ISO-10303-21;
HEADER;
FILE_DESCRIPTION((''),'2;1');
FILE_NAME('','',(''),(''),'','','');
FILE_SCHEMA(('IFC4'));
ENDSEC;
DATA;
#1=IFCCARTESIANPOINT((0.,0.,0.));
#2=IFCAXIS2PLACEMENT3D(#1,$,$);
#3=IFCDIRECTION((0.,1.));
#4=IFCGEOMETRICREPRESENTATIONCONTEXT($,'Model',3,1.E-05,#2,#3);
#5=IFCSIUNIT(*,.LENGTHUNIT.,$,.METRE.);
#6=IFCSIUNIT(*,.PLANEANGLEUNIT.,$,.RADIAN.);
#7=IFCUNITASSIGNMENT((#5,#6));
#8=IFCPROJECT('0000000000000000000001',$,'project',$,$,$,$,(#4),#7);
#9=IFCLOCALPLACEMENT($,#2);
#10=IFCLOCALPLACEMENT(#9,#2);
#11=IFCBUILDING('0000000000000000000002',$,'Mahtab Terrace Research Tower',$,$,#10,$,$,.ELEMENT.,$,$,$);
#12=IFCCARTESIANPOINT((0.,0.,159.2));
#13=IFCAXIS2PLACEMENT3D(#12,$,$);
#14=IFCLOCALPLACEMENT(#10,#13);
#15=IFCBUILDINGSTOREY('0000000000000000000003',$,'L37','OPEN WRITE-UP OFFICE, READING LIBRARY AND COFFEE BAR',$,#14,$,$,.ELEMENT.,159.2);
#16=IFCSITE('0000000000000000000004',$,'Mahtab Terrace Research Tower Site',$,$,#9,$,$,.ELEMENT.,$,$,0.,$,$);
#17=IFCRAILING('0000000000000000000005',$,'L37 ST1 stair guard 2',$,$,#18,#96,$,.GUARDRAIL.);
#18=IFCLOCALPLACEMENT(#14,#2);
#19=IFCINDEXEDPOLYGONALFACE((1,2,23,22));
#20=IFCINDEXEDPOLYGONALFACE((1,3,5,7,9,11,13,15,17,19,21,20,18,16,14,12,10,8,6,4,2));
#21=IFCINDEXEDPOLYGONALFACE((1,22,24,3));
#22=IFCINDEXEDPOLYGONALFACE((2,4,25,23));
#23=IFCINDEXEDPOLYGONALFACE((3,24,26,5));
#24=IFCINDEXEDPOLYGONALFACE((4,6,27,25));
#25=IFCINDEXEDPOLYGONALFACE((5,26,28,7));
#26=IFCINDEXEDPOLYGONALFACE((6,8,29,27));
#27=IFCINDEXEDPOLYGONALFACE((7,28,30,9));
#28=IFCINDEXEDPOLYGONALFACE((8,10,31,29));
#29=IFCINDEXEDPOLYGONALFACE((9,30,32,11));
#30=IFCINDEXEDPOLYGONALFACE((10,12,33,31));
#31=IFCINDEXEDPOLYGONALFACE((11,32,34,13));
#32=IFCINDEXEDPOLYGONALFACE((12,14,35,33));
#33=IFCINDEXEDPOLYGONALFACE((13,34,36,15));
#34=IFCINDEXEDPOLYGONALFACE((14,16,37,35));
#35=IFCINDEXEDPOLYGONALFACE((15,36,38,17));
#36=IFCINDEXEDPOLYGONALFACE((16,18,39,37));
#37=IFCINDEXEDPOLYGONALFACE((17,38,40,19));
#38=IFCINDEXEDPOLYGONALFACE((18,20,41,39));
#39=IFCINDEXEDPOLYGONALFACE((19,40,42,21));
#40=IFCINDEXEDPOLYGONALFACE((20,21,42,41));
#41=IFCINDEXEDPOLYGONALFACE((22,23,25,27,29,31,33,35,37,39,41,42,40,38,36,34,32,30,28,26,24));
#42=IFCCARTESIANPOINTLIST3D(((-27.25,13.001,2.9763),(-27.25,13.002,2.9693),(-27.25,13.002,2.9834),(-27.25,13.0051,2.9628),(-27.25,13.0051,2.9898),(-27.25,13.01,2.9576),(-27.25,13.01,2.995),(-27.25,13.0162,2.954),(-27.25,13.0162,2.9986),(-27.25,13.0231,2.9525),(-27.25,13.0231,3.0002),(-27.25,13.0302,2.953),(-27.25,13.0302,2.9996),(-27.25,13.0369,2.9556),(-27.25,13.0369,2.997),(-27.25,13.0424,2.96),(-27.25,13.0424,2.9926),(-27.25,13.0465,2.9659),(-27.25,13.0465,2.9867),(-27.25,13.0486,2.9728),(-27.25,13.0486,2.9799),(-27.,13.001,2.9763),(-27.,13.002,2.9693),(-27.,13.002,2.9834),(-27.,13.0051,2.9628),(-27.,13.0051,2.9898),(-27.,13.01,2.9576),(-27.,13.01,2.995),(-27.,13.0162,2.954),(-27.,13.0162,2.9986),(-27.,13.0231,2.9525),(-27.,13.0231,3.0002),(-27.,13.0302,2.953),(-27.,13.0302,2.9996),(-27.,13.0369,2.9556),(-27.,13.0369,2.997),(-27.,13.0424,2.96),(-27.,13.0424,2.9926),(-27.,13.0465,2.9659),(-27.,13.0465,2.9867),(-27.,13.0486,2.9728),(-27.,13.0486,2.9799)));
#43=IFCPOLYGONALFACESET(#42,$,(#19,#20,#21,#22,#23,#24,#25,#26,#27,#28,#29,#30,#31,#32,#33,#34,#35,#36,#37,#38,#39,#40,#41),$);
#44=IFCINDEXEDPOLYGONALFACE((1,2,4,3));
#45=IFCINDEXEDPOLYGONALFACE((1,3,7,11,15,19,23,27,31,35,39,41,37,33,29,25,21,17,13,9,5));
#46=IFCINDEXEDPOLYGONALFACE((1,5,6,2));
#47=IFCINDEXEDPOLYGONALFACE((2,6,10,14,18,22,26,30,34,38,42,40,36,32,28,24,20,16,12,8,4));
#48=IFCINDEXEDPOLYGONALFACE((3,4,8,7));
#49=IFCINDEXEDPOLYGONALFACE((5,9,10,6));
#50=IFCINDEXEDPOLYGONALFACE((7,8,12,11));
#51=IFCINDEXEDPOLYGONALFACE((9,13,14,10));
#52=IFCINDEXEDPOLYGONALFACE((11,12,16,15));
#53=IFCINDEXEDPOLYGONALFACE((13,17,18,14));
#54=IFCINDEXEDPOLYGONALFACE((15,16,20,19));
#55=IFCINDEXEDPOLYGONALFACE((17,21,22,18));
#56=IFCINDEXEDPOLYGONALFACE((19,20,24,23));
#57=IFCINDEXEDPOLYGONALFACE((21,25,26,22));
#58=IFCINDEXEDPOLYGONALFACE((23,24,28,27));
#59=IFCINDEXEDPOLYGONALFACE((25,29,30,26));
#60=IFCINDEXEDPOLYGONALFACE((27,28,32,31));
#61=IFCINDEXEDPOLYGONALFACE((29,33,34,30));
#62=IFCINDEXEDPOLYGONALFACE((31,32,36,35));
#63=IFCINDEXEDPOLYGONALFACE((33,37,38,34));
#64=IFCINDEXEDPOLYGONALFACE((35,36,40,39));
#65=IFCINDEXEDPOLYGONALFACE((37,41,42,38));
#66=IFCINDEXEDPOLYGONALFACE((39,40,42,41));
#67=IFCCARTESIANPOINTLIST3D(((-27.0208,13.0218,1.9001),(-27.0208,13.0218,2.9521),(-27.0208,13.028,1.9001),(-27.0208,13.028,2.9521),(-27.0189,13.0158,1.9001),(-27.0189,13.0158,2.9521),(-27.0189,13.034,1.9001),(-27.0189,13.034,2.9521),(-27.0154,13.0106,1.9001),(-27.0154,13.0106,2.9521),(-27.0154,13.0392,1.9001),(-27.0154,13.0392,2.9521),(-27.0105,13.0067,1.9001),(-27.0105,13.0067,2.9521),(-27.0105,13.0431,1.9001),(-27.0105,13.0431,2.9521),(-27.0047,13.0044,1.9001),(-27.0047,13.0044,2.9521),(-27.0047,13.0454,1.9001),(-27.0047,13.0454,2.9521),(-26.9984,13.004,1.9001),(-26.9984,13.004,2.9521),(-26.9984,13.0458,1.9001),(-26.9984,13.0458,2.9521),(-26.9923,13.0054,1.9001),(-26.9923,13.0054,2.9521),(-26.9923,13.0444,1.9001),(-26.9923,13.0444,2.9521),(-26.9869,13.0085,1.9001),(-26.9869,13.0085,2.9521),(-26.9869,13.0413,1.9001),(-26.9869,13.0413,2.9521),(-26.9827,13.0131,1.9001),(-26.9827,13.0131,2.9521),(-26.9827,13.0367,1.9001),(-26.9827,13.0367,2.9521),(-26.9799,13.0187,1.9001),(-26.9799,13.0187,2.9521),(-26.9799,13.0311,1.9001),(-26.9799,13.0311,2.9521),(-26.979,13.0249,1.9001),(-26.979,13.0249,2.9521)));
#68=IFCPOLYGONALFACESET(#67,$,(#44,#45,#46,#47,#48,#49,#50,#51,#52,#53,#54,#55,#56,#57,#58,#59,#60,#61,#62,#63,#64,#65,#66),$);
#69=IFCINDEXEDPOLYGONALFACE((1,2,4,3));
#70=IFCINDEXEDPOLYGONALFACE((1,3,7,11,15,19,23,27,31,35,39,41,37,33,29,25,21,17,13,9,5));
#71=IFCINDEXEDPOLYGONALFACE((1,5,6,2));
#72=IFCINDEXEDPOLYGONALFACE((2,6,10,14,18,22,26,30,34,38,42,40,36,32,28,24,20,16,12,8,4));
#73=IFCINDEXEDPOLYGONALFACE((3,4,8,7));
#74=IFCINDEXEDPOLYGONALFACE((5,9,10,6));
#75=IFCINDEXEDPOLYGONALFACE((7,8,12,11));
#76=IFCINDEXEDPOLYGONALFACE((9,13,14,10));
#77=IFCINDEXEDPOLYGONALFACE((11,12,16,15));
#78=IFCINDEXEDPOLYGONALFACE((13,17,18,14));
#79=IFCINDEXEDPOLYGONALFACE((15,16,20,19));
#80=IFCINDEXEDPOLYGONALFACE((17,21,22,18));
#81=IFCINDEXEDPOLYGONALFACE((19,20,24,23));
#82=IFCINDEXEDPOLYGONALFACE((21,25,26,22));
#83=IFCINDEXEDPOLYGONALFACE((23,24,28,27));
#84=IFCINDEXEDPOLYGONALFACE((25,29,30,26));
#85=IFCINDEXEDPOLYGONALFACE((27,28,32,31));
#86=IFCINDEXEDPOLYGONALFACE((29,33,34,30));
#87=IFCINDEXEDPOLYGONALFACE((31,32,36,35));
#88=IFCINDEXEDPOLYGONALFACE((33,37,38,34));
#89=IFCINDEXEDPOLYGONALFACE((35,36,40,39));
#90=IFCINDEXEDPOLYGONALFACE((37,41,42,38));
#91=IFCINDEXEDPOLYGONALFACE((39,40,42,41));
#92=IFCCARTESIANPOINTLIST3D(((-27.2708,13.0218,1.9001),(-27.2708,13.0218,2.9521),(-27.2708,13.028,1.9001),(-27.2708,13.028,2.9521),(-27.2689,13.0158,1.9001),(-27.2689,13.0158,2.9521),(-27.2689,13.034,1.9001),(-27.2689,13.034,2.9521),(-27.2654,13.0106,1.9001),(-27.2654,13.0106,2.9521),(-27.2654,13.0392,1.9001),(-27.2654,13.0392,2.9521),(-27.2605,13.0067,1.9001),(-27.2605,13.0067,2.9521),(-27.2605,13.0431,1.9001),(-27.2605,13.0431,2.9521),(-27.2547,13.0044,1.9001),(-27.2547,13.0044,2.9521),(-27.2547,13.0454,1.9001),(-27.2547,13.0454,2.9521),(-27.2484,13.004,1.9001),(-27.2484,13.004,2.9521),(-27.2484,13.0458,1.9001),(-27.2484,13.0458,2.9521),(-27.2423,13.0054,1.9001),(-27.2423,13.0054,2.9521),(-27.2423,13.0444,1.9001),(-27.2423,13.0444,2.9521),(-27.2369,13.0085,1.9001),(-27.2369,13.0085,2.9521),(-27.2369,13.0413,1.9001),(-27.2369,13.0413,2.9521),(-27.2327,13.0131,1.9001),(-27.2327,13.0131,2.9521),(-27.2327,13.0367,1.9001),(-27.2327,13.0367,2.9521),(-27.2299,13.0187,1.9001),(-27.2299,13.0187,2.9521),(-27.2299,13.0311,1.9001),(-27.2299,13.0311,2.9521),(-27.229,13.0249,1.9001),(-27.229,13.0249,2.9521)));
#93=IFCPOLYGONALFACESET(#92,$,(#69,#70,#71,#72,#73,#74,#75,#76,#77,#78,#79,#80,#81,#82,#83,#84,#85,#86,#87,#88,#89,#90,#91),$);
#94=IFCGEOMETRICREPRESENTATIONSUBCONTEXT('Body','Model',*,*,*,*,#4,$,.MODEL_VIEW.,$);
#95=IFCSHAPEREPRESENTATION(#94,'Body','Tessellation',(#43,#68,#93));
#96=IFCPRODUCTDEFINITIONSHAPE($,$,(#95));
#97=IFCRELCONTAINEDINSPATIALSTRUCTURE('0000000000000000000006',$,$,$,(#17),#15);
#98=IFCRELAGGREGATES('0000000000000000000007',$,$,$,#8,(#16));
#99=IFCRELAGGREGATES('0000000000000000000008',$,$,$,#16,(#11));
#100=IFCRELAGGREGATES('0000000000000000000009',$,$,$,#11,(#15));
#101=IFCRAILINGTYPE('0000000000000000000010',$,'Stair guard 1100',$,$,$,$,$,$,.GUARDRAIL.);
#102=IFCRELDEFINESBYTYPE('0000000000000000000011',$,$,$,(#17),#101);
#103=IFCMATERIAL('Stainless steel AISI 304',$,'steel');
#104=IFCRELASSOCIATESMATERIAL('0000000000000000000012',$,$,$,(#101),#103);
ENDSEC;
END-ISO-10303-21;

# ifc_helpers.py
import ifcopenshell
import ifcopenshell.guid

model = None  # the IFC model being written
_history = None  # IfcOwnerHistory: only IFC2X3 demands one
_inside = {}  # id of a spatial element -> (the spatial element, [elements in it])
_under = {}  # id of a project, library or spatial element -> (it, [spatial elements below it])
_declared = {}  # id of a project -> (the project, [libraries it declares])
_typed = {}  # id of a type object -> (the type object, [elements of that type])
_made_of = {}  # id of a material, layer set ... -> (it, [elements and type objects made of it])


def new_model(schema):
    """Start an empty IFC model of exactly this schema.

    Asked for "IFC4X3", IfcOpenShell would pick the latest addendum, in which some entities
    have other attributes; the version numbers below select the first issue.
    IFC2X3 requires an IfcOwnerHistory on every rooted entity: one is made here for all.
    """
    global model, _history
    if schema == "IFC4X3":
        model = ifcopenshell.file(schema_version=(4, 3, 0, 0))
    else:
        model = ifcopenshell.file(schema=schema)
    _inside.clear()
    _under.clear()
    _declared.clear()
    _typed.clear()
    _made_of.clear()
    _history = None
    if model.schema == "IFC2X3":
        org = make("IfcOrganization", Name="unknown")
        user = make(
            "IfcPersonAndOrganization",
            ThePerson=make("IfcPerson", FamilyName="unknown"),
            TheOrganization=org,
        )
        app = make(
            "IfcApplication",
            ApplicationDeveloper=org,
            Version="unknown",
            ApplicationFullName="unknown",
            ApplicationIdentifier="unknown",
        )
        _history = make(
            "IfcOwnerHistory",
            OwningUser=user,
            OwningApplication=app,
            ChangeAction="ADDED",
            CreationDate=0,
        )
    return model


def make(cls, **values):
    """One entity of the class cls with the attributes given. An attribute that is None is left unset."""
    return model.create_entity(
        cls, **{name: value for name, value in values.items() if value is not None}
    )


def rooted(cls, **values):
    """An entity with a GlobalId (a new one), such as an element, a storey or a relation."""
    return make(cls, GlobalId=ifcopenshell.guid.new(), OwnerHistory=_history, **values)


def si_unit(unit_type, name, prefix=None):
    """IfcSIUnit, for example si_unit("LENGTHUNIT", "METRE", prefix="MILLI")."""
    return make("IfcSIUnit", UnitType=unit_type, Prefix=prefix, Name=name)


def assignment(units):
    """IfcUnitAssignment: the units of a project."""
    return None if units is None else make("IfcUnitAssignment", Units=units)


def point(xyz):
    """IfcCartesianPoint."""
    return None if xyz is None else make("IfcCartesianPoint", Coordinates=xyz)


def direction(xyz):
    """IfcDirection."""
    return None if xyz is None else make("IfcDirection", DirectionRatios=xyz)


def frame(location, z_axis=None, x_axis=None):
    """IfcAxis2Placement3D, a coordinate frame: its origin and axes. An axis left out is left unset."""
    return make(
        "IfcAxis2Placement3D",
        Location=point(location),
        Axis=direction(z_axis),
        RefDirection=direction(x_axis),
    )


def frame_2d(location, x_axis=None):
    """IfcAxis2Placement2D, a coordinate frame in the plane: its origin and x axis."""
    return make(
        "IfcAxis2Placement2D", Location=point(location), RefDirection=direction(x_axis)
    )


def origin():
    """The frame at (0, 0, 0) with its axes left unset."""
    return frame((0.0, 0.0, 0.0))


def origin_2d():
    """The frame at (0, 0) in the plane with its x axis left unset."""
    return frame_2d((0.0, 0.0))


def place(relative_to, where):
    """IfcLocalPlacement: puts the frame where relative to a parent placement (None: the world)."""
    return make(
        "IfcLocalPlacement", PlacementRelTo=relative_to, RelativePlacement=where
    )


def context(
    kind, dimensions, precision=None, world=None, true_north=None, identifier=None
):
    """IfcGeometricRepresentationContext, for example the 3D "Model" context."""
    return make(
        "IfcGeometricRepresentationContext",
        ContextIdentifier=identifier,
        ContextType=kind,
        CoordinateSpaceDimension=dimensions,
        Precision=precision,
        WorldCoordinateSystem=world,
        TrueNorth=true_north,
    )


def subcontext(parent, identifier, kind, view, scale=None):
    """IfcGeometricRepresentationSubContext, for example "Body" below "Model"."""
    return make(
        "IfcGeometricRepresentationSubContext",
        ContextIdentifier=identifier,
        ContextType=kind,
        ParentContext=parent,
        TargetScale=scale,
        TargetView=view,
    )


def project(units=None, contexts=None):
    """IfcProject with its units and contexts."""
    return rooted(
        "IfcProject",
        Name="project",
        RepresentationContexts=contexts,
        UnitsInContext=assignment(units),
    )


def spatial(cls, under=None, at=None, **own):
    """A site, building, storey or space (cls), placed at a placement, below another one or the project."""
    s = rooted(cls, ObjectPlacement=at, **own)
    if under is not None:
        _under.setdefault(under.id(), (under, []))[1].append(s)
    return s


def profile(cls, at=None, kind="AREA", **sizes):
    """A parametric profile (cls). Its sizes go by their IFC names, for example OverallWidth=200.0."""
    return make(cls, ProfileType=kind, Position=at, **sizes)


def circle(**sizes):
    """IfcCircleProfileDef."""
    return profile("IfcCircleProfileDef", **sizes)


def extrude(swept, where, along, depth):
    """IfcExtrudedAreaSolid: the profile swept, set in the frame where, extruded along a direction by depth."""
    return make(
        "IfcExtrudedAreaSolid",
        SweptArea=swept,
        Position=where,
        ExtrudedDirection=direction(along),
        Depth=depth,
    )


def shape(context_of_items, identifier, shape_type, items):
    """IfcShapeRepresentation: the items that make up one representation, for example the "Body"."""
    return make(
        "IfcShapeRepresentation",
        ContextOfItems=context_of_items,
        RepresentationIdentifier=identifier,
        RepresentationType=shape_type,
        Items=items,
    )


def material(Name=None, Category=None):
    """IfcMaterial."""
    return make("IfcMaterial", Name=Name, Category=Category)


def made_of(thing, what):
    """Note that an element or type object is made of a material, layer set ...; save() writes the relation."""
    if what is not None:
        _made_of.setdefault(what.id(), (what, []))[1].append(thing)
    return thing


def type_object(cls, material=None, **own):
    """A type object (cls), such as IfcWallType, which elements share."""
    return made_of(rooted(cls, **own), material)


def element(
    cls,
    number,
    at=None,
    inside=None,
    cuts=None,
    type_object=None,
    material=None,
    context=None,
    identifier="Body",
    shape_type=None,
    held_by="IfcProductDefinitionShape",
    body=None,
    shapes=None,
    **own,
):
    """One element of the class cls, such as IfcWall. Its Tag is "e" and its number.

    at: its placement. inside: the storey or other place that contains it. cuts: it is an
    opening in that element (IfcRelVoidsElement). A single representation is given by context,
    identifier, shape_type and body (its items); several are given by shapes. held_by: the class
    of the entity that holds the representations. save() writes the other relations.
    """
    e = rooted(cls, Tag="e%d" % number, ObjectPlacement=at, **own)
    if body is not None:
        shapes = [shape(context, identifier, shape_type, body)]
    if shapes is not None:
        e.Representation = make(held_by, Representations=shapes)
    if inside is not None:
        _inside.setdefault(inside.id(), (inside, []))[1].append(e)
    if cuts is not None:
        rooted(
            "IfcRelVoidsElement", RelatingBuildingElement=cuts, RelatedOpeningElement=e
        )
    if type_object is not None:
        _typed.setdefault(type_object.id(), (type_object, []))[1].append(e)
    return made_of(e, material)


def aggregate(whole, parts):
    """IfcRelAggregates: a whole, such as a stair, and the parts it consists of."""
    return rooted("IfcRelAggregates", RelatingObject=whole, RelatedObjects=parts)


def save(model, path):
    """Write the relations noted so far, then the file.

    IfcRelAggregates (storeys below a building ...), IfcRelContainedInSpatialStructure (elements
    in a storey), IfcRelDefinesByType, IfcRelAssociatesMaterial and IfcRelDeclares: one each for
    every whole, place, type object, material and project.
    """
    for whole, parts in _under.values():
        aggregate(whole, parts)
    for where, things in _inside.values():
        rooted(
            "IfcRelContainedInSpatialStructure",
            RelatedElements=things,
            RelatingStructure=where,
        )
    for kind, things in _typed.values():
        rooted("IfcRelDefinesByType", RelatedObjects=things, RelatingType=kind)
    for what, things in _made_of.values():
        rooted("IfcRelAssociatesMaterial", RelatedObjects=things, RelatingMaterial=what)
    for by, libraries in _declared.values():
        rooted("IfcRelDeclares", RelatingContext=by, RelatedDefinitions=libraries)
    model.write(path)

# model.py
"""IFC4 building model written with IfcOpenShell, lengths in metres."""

from ifc_helpers import new_model, si_unit, direction, frame, origin, origin_2d, place, context, subcontext, project, spatial, circle, extrude, material, type_object, element, save


model = new_model("IFC4")

# Units and contexts
model_context = context("Model", 3, precision=1e-05, world=origin(), true_north=direction((0.0, 1.0)))
body_context = subcontext(model_context, "Body", "Model", "MODEL_VIEW")
ifc_project = project(units=[si_unit("LENGTHUNIT", "METRE"), si_unit("PLANEANGLEUNIT", "RADIAN")], contexts=[model_context])

# Site, building, storey
site_placement = place(None, origin())
site = spatial("IfcSite", under=ifc_project, at=site_placement, Name="Mahtab Terrace Research Tower Site", CompositionType="ELEMENT", RefElevation=0.0)
building_placement = place(site_placement, origin())
building = spatial("IfcBuilding", under=site, at=building_placement, Name="Mahtab Terrace Research Tower", CompositionType="ELEMENT")
storey_placement = place(building_placement, frame((0.0, 0.0, 159.2)))
storey = spatial("IfcBuildingStorey", under=building, at=storey_placement, Name="L37", Description="OPEN WRITE-UP OFFICE, READING LIBRARY AND COFFEE BAR", CompositionType="ELEMENT", Elevation=159.2)

# Railing
ifc_material_1 = material(Name="Stainless steel AISI 304", Category="steel")
railing_type_1 = type_object("IfcRailingType", Name="Stair guard 1100", PredefinedType="GUARDRAIL", material=ifc_material_1)
railing_1_placement = place(storey_placement, frame((-27.0, 13.0249, 1.9001)))
element("IfcRailing", 1, at=railing_1_placement, inside=storey, type_object=railing_type_1, Name="L37 ST1 stair guard 2", PredefinedType="GUARDRAIL", context=body_context, shape_type="SweptSolid", body=[
    extrude(circle(Radius=0.0239, at=origin_2d()), frame((0.0, 0.0, 1.0762), z_axis=(-1.0, 0.0, 0.0), x_axis=(0.0, -1.0, 0.0)), (0.0, 0.0, 1.0), 0.25),
    extrude(circle(Radius=0.021, at=origin_2d()), origin(), (0.0, 0.0, 1.0), 1.052),
    extrude(circle(Radius=0.021, at=origin_2d()), frame((-0.25, 0.0, 0.0)), (0.0, 0.0, 1.0), 1.052),
])

save(model, "model.ifc")
